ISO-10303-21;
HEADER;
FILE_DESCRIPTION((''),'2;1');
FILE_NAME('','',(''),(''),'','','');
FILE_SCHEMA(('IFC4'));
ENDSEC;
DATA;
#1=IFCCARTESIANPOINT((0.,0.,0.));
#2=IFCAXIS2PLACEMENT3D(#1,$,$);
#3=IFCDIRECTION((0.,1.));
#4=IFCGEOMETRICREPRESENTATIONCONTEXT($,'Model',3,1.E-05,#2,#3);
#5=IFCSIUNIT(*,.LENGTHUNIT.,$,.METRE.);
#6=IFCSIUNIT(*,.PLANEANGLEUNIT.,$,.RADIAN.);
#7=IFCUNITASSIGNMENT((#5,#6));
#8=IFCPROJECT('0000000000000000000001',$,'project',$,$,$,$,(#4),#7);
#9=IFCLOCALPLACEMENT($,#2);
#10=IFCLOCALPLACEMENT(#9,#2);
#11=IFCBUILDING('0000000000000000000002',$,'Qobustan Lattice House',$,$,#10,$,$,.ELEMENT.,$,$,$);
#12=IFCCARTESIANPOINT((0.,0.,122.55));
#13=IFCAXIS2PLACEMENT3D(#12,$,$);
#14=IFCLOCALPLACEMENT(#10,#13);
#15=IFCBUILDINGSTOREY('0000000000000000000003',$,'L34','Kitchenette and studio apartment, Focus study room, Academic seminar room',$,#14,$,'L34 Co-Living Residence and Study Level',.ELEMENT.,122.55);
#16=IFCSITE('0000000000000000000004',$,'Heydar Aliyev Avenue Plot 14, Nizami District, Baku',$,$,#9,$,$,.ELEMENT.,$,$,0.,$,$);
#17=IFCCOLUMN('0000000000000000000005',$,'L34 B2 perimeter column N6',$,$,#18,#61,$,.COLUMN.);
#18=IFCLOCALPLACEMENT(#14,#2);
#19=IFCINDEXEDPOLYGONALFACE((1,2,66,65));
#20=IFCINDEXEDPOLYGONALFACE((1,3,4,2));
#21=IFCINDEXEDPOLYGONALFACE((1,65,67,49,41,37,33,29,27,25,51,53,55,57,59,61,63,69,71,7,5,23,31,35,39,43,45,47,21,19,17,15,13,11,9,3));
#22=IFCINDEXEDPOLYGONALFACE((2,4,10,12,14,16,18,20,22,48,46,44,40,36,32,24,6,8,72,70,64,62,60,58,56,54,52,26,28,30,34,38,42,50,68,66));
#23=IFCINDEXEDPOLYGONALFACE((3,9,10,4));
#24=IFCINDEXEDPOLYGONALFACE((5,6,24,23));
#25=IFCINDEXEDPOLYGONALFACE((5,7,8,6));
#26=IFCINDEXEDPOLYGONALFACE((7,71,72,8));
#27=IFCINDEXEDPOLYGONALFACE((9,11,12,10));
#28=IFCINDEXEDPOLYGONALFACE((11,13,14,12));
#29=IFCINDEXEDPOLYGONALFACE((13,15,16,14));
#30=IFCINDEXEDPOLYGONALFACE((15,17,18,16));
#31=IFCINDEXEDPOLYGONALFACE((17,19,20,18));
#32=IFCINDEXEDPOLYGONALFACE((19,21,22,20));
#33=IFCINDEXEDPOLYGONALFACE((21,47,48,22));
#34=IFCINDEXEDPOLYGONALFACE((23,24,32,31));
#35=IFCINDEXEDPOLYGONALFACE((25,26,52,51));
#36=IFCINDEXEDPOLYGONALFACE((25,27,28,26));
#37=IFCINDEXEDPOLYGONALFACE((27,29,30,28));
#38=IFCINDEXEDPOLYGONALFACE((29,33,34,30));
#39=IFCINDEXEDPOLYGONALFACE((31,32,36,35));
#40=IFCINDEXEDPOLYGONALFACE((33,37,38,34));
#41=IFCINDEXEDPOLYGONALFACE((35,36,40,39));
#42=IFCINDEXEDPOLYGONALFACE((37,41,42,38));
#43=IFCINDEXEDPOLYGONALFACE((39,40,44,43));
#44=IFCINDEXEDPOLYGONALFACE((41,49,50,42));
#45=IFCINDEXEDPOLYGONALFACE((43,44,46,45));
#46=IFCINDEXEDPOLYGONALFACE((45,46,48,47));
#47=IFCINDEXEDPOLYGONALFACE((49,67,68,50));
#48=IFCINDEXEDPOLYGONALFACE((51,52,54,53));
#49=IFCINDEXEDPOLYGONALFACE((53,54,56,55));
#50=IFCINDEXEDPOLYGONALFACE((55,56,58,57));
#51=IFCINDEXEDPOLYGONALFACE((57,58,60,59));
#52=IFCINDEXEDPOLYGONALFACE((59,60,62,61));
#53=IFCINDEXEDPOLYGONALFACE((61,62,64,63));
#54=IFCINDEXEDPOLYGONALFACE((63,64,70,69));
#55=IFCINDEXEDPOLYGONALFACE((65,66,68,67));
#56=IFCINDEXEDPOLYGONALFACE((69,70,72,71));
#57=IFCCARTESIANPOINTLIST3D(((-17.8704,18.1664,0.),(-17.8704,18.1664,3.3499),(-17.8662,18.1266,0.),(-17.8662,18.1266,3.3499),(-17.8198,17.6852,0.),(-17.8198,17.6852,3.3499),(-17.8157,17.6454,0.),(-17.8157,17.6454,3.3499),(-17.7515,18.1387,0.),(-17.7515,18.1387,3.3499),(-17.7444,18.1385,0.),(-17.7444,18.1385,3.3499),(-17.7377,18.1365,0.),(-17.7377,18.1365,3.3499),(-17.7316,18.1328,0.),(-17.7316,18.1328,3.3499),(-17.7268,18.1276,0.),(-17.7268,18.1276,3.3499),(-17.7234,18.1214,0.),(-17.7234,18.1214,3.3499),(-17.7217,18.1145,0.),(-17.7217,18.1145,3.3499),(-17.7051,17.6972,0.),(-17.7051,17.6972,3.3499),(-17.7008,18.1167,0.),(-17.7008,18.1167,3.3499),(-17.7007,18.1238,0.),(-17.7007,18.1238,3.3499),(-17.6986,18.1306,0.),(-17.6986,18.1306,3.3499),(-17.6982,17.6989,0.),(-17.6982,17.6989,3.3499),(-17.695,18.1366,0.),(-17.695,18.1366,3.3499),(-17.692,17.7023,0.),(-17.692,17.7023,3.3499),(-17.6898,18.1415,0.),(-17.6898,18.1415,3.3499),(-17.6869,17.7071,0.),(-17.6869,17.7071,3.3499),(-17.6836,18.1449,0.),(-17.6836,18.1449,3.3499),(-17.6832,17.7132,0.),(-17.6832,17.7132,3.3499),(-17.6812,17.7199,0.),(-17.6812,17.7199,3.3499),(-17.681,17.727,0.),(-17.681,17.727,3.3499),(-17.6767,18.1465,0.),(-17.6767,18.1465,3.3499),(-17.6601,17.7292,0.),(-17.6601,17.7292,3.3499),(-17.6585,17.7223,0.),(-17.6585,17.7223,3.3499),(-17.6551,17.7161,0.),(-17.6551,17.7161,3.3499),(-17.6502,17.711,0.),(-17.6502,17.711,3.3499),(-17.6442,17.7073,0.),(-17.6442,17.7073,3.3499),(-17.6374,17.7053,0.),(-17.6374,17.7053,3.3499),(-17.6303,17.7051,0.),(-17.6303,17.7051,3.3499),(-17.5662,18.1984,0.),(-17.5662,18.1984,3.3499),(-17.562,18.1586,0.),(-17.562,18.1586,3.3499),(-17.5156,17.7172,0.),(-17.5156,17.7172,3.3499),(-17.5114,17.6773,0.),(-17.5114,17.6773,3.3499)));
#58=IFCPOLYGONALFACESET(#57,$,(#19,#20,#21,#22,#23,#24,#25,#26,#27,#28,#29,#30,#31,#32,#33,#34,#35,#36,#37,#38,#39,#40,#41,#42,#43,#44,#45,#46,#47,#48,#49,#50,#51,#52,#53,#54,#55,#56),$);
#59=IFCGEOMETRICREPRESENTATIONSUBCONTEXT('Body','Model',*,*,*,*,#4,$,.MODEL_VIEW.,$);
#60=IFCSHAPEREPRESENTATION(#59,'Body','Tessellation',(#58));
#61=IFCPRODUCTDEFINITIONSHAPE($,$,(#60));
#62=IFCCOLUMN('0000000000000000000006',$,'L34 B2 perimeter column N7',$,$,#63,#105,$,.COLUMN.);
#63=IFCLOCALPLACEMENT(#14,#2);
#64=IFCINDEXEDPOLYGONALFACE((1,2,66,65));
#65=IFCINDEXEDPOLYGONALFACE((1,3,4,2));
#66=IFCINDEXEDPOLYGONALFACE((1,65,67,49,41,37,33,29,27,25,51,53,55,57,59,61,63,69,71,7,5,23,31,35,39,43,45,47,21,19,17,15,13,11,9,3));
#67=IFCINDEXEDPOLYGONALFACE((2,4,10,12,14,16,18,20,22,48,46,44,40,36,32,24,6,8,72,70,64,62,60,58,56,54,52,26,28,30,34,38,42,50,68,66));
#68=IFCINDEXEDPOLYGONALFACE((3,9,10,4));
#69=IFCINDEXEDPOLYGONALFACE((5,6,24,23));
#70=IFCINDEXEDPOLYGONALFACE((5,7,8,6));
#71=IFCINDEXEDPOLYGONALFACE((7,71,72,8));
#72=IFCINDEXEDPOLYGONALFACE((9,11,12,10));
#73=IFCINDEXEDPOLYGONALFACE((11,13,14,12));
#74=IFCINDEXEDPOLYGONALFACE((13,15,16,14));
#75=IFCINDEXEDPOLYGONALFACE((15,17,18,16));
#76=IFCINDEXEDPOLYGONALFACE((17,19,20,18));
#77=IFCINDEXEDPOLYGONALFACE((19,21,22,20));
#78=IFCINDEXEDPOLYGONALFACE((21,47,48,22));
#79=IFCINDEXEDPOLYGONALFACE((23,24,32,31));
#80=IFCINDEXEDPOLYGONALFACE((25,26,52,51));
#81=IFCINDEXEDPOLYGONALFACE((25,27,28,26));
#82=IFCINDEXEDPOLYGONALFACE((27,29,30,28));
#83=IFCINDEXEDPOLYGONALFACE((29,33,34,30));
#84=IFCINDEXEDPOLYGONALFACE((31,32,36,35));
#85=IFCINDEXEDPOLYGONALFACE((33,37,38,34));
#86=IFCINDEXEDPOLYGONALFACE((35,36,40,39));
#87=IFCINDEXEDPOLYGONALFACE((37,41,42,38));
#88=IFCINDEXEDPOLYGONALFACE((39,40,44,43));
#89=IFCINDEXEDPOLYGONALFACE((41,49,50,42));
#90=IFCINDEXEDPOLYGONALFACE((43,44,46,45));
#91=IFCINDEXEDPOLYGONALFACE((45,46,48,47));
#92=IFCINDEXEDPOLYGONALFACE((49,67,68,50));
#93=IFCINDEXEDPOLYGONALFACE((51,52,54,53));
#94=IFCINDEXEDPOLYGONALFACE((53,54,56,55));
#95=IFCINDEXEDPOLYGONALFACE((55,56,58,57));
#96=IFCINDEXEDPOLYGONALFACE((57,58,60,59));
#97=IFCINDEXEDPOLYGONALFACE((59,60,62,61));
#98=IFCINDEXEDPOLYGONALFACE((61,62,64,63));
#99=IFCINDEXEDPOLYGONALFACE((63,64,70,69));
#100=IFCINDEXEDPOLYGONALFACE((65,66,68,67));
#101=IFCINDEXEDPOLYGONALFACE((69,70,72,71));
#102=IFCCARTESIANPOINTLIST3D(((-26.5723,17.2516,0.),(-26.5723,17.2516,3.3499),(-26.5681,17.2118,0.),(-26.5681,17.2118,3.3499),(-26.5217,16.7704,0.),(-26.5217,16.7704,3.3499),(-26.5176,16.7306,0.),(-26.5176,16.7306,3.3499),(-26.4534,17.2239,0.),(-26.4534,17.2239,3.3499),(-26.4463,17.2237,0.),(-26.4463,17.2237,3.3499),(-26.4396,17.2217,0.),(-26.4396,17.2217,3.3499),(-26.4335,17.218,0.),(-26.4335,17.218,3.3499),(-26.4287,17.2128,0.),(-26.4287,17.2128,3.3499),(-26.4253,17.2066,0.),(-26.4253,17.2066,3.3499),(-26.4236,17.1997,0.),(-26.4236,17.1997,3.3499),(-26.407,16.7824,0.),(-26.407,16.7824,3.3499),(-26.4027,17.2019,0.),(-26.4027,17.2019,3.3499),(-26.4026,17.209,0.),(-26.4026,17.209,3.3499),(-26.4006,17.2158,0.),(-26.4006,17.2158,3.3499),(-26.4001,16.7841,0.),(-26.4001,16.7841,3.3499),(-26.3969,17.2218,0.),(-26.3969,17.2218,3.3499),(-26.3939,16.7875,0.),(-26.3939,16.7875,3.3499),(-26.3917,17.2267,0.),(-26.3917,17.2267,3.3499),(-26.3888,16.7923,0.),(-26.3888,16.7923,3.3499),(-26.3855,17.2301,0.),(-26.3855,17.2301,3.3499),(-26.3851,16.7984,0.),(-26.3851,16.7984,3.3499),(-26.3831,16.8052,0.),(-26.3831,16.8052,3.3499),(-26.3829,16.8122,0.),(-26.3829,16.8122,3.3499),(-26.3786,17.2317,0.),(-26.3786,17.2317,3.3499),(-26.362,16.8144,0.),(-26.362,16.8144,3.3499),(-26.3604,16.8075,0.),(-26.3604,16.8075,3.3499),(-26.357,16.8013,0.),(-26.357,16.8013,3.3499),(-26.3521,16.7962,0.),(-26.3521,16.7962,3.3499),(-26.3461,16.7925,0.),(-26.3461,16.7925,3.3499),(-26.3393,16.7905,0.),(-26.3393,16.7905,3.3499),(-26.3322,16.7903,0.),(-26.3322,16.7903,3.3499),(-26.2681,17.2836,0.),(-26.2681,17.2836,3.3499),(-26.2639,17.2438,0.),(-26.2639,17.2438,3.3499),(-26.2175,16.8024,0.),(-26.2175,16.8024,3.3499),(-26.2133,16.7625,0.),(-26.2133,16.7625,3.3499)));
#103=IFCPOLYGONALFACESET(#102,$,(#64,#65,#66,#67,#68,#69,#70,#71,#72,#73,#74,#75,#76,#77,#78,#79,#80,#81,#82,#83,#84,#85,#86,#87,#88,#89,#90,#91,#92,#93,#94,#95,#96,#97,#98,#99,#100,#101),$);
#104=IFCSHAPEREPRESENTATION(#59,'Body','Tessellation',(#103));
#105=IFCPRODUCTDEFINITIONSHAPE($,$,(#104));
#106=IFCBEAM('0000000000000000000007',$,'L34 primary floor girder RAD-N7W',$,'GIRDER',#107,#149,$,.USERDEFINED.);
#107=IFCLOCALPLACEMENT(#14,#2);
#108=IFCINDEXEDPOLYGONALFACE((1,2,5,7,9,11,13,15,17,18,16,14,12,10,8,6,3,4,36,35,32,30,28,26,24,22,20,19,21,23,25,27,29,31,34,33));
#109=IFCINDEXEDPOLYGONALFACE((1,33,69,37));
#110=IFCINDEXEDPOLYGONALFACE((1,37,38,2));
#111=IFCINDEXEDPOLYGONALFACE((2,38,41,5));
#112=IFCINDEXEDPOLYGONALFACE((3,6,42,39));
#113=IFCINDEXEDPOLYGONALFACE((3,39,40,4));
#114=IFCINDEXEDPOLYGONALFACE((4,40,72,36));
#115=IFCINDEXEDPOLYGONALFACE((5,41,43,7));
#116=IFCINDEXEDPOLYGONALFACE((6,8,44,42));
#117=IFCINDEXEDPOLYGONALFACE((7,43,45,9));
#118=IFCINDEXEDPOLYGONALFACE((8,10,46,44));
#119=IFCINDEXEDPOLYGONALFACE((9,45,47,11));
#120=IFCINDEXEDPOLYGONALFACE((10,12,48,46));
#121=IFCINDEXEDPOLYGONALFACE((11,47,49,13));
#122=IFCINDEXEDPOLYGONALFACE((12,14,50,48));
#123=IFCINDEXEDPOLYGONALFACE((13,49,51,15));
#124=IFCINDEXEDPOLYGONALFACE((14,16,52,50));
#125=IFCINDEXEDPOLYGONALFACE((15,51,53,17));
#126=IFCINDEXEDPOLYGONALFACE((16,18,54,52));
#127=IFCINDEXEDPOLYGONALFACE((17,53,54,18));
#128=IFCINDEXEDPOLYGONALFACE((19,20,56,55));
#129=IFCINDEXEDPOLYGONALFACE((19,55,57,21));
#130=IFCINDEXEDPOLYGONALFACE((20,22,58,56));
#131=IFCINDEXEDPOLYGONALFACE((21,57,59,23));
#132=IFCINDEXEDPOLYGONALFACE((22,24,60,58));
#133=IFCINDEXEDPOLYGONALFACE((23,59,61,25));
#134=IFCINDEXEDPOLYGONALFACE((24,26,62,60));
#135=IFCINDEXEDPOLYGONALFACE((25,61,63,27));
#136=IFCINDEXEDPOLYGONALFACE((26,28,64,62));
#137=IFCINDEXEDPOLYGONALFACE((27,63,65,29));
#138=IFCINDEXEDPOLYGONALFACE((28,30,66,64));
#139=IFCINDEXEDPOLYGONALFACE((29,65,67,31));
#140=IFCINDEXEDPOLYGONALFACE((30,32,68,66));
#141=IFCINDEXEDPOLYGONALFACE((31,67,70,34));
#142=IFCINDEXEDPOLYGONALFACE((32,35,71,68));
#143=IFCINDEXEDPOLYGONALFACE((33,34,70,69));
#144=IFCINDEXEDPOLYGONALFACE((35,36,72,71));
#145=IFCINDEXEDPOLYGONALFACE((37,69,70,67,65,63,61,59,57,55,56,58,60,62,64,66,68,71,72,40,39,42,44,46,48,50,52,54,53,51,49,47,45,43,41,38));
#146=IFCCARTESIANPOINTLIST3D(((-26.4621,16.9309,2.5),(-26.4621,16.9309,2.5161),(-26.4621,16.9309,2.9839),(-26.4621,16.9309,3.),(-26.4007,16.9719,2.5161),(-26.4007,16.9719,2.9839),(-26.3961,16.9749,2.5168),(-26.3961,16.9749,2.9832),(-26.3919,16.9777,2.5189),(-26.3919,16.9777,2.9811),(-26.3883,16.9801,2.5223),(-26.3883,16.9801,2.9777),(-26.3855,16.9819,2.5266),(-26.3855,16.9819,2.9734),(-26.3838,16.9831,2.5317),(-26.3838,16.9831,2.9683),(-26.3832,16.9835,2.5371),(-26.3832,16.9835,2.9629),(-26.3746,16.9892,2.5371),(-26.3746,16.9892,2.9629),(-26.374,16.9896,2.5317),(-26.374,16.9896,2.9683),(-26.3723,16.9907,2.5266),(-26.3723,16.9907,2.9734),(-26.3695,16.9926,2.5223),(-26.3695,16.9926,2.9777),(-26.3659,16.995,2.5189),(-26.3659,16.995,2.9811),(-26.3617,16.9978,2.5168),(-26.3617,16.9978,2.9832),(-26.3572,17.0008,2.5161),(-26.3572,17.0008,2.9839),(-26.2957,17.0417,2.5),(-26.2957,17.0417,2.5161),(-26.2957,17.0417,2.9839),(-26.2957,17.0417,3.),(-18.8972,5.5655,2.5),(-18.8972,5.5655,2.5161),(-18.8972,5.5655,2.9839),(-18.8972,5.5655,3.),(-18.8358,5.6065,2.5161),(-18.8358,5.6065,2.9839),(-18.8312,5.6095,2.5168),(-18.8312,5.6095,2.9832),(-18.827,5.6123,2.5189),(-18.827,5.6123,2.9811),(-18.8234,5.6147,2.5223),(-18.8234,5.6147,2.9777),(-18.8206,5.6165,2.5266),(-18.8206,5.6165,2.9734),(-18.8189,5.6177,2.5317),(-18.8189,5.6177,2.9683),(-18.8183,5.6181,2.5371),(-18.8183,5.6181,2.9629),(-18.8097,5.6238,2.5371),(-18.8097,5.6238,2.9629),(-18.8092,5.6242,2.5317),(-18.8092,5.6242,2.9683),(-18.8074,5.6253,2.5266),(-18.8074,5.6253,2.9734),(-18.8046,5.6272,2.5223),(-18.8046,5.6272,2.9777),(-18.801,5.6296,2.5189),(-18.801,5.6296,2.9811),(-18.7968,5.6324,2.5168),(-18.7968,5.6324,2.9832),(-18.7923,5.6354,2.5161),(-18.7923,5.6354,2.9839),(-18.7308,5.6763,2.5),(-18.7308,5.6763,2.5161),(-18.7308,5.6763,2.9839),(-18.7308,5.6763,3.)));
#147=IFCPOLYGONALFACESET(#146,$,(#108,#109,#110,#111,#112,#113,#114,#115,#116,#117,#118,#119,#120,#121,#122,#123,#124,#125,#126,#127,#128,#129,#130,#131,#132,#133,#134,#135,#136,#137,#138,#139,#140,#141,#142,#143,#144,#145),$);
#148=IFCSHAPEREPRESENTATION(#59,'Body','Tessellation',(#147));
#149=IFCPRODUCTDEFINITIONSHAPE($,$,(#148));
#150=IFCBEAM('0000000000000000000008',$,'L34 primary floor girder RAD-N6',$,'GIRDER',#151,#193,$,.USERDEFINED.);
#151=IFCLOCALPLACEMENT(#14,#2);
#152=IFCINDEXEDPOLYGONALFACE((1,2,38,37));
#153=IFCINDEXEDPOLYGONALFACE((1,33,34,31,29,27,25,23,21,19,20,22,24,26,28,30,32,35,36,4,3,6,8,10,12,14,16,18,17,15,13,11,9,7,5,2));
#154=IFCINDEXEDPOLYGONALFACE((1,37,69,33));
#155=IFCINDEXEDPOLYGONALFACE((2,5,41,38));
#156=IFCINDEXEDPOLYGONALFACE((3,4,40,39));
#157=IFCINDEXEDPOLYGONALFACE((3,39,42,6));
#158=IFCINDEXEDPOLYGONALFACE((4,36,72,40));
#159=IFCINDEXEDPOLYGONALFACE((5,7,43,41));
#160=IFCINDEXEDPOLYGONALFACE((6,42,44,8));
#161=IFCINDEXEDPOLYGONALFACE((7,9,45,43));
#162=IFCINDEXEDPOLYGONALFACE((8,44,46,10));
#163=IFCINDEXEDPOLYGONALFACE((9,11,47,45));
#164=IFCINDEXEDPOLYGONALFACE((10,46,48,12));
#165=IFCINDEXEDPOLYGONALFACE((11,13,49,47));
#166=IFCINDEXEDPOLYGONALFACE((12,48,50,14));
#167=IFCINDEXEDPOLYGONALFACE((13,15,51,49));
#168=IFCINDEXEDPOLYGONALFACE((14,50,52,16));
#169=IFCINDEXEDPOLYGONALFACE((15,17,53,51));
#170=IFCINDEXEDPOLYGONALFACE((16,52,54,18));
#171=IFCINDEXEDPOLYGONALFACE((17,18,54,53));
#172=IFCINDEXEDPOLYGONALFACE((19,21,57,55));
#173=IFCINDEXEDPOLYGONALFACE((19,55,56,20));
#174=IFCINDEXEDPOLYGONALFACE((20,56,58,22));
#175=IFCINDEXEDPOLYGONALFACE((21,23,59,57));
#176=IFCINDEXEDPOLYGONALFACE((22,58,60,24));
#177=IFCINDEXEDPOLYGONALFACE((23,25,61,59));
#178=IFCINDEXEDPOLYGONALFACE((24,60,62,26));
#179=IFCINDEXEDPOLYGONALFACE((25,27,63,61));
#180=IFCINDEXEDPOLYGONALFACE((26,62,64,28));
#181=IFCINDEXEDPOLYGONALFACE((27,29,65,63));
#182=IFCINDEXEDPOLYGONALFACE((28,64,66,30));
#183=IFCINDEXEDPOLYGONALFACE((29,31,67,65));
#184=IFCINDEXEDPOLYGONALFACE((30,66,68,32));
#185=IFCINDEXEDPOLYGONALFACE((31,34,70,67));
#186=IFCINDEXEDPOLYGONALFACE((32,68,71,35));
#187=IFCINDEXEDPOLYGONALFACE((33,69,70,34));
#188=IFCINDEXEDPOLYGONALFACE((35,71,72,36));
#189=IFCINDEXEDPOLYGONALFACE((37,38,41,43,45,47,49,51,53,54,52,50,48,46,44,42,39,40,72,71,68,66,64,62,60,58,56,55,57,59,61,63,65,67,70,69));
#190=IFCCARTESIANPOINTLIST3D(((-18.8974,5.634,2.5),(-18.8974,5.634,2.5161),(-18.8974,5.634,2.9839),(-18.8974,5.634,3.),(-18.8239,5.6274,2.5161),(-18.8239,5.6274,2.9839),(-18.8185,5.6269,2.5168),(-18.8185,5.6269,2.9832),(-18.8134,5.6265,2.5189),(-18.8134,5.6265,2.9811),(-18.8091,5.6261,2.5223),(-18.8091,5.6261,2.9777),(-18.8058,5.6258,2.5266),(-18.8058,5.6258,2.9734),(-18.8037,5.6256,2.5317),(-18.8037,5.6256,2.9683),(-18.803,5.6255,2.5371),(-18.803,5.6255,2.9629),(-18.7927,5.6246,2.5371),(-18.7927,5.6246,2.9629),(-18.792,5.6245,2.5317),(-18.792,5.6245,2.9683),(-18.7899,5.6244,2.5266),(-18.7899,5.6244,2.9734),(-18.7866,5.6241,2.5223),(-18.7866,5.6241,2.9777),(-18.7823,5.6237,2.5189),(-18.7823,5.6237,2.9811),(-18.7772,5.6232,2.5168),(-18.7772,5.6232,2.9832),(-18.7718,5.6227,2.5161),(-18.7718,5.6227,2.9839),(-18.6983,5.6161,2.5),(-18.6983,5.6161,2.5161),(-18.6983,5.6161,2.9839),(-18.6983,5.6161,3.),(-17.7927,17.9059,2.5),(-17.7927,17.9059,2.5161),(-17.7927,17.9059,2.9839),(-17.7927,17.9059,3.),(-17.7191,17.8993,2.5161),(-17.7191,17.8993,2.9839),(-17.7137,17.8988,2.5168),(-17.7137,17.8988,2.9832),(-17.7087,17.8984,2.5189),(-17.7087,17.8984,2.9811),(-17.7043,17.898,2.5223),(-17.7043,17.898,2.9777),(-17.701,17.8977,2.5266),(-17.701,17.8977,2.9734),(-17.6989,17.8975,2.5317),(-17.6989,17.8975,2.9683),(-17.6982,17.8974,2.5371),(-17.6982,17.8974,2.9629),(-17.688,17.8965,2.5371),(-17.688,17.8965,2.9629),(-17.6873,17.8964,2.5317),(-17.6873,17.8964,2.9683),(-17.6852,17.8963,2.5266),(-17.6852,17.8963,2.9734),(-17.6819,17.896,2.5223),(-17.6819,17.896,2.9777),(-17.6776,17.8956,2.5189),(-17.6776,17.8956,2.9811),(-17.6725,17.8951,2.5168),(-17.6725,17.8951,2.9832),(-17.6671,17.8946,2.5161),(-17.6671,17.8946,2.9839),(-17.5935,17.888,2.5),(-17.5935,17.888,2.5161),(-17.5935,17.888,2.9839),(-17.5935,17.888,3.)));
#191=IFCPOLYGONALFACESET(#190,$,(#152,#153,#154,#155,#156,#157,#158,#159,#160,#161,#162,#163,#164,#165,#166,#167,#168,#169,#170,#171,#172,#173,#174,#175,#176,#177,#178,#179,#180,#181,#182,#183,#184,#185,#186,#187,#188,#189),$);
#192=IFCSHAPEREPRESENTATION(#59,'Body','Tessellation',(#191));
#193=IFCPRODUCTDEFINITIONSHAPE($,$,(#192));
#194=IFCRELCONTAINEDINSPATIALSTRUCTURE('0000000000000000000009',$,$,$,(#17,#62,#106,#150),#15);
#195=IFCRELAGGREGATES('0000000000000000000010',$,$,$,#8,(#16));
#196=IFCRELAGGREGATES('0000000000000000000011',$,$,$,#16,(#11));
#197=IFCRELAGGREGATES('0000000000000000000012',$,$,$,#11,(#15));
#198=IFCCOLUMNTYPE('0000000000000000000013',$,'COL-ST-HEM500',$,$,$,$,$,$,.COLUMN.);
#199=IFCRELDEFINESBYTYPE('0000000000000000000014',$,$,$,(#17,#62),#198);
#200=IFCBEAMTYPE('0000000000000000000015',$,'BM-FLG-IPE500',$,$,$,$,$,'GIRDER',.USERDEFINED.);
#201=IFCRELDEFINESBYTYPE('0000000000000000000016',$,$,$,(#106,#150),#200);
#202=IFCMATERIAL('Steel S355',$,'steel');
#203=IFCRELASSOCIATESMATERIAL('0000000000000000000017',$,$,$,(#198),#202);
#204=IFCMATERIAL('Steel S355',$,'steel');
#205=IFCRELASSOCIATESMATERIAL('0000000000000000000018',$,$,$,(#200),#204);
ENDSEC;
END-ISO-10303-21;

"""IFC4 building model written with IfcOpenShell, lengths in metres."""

from ifc_helpers import new_model, si_unit, direction, frame, origin, origin_2d, place, context, subcontext, project, spatial, i_section, extrude, material, material_profile, profile_set, type_object, element, save


model = new_model("IFC4")

# Units and contexts
model_context = context("Model", 3, precision=1e-05, world=origin(), true_north=direction((0.0, 1.0)))
body_context = subcontext(model_context, "Body", "Model", "MODEL_VIEW")
ifc_project = project(units=[si_unit("LENGTHUNIT", "METRE"), si_unit("PLANEANGLEUNIT", "RADIAN")], contexts=[model_context])

# Site, building, storey
site_placement = place(None, origin())
site = spatial("IfcSite", under=ifc_project, at=site_placement, Name="Heydar Aliyev Avenue Plot 14, Nizami District, Baku", CompositionType="ELEMENT", RefElevation=0.0)
building_placement = place(site_placement, origin())
building = spatial("IfcBuilding", under=site, at=building_placement, Name="Qobustan Lattice House", CompositionType="ELEMENT")
storey_placement = place(building_placement, frame((0.0, 0.0, 122.55)))
storey = spatial("IfcBuildingStorey", under=building, at=storey_placement, Name="L34", Description="Kitchenette and studio apartment, Focus study room, Academic seminar room", LongName="L34 Co-Living Residence and Study Level", CompositionType="ELEMENT", Elevation=122.55)

# Columns
ifc_material_1 = material(Name="Steel S355", Category="steel")
ifc_material_profile_1 = material_profile(ifc_material_1, i_section(OverallWidth=0.3059, OverallDepth=0.5239, WebThickness=0.021, FlangeThickness=0.04, FilletRadius=0.0271, at=origin_2d()), Name="HEM500")
ifc_profile_set_1 = profile_set([ifc_material_profile_1], Name="Steel S355")
column_type = type_object("IfcColumnType", Name="COL-ST-HEM500", PredefinedType="COLUMN", material=ifc_profile_set_1)
for number, where, z_axis, x_axis, name in (
    (1, (-17.6909, 17.9219, 0.0), (0.0, 0.0, 1.0), (0.994522, 0.104528, 0.0), "L34 B2 perimeter column N6"),
    (2, (-26.3928, 17.0071, 0.0), (0.0, 0.0, 1.0), (0.994522, 0.104528, 0.0), "L34 B2 perimeter column N7"),
):
    element("IfcColumn", number, at=place(storey_placement, frame(where, z_axis=z_axis, x_axis=x_axis)), inside=storey, type_object=column_type, Name=name, PredefinedType="COLUMN", context=body_context, shape_type="SweptSolid", body=[
        extrude(i_section(OverallWidth=0.3059, OverallDepth=0.5239, WebThickness=0.021, FlangeThickness=0.04, FilletRadius=0.0271, at=origin_2d()), origin(), (0.0, 0.0, 1.0), 3.3499),
    ])

# Beams
ifc_material_2 = material(Name="Steel S355", Category="steel")
ifc_material_profile_2 = material_profile(ifc_material_2, i_section(OverallWidth=0.2, OverallDepth=0.5, WebThickness=0.0103, FlangeThickness=0.0161, FilletRadius=0.021, at=origin_2d()), Name="IPE500")
ifc_profile_set_2 = profile_set([ifc_material_profile_2], Name="Steel S355")
beam_type_1 = type_object("IfcBeamType", Name="BM-FLG-IPE500", ElementType="GIRDER", PredefinedType="USERDEFINED", material=ifc_profile_set_2)
beam_1_placement = place(storey_placement, frame((-26.3789, 16.9863, 2.75), z_axis=(0.554089, -0.832457, 0.0), x_axis=(0.832457, 0.554089, 0.0)))
element("IfcBeam", 3, at=beam_1_placement, inside=storey, type_object=beam_type_1, Name="L34 primary floor girder RAD-N7W", ObjectType="GIRDER", PredefinedType="USERDEFINED", context=body_context, shape_type="SweptSolid", body=[
    extrude(i_section(OverallWidth=0.2, OverallDepth=0.5, WebThickness=0.0103, FlangeThickness=0.0161, FilletRadius=0.021, at=origin_2d()), origin(), (0.0, 0.0, 1.0), 13.6528),
])
beam_2_placement = place(storey_placement, frame((-17.6931, 17.897, 2.75), z_axis=(-0.089659, -0.995973, 0.0), x_axis=(0.995973, -0.089659, 0.0)))
element("IfcBeam", 4, at=beam_2_placement, inside=storey, type_object=beam_type_1, Name="L34 primary floor girder RAD-N6", ObjectType="GIRDER", PredefinedType="USERDEFINED", context=body_context, shape_type="SweptSolid", body=[
    extrude(i_section(OverallWidth=0.2, OverallDepth=0.5, WebThickness=0.0103, FlangeThickness=0.0161, FilletRadius=0.021, at=origin_2d()), origin(), (0.0, 0.0, 1.0), 12.3215),
])

save(model, "model.ifc")
